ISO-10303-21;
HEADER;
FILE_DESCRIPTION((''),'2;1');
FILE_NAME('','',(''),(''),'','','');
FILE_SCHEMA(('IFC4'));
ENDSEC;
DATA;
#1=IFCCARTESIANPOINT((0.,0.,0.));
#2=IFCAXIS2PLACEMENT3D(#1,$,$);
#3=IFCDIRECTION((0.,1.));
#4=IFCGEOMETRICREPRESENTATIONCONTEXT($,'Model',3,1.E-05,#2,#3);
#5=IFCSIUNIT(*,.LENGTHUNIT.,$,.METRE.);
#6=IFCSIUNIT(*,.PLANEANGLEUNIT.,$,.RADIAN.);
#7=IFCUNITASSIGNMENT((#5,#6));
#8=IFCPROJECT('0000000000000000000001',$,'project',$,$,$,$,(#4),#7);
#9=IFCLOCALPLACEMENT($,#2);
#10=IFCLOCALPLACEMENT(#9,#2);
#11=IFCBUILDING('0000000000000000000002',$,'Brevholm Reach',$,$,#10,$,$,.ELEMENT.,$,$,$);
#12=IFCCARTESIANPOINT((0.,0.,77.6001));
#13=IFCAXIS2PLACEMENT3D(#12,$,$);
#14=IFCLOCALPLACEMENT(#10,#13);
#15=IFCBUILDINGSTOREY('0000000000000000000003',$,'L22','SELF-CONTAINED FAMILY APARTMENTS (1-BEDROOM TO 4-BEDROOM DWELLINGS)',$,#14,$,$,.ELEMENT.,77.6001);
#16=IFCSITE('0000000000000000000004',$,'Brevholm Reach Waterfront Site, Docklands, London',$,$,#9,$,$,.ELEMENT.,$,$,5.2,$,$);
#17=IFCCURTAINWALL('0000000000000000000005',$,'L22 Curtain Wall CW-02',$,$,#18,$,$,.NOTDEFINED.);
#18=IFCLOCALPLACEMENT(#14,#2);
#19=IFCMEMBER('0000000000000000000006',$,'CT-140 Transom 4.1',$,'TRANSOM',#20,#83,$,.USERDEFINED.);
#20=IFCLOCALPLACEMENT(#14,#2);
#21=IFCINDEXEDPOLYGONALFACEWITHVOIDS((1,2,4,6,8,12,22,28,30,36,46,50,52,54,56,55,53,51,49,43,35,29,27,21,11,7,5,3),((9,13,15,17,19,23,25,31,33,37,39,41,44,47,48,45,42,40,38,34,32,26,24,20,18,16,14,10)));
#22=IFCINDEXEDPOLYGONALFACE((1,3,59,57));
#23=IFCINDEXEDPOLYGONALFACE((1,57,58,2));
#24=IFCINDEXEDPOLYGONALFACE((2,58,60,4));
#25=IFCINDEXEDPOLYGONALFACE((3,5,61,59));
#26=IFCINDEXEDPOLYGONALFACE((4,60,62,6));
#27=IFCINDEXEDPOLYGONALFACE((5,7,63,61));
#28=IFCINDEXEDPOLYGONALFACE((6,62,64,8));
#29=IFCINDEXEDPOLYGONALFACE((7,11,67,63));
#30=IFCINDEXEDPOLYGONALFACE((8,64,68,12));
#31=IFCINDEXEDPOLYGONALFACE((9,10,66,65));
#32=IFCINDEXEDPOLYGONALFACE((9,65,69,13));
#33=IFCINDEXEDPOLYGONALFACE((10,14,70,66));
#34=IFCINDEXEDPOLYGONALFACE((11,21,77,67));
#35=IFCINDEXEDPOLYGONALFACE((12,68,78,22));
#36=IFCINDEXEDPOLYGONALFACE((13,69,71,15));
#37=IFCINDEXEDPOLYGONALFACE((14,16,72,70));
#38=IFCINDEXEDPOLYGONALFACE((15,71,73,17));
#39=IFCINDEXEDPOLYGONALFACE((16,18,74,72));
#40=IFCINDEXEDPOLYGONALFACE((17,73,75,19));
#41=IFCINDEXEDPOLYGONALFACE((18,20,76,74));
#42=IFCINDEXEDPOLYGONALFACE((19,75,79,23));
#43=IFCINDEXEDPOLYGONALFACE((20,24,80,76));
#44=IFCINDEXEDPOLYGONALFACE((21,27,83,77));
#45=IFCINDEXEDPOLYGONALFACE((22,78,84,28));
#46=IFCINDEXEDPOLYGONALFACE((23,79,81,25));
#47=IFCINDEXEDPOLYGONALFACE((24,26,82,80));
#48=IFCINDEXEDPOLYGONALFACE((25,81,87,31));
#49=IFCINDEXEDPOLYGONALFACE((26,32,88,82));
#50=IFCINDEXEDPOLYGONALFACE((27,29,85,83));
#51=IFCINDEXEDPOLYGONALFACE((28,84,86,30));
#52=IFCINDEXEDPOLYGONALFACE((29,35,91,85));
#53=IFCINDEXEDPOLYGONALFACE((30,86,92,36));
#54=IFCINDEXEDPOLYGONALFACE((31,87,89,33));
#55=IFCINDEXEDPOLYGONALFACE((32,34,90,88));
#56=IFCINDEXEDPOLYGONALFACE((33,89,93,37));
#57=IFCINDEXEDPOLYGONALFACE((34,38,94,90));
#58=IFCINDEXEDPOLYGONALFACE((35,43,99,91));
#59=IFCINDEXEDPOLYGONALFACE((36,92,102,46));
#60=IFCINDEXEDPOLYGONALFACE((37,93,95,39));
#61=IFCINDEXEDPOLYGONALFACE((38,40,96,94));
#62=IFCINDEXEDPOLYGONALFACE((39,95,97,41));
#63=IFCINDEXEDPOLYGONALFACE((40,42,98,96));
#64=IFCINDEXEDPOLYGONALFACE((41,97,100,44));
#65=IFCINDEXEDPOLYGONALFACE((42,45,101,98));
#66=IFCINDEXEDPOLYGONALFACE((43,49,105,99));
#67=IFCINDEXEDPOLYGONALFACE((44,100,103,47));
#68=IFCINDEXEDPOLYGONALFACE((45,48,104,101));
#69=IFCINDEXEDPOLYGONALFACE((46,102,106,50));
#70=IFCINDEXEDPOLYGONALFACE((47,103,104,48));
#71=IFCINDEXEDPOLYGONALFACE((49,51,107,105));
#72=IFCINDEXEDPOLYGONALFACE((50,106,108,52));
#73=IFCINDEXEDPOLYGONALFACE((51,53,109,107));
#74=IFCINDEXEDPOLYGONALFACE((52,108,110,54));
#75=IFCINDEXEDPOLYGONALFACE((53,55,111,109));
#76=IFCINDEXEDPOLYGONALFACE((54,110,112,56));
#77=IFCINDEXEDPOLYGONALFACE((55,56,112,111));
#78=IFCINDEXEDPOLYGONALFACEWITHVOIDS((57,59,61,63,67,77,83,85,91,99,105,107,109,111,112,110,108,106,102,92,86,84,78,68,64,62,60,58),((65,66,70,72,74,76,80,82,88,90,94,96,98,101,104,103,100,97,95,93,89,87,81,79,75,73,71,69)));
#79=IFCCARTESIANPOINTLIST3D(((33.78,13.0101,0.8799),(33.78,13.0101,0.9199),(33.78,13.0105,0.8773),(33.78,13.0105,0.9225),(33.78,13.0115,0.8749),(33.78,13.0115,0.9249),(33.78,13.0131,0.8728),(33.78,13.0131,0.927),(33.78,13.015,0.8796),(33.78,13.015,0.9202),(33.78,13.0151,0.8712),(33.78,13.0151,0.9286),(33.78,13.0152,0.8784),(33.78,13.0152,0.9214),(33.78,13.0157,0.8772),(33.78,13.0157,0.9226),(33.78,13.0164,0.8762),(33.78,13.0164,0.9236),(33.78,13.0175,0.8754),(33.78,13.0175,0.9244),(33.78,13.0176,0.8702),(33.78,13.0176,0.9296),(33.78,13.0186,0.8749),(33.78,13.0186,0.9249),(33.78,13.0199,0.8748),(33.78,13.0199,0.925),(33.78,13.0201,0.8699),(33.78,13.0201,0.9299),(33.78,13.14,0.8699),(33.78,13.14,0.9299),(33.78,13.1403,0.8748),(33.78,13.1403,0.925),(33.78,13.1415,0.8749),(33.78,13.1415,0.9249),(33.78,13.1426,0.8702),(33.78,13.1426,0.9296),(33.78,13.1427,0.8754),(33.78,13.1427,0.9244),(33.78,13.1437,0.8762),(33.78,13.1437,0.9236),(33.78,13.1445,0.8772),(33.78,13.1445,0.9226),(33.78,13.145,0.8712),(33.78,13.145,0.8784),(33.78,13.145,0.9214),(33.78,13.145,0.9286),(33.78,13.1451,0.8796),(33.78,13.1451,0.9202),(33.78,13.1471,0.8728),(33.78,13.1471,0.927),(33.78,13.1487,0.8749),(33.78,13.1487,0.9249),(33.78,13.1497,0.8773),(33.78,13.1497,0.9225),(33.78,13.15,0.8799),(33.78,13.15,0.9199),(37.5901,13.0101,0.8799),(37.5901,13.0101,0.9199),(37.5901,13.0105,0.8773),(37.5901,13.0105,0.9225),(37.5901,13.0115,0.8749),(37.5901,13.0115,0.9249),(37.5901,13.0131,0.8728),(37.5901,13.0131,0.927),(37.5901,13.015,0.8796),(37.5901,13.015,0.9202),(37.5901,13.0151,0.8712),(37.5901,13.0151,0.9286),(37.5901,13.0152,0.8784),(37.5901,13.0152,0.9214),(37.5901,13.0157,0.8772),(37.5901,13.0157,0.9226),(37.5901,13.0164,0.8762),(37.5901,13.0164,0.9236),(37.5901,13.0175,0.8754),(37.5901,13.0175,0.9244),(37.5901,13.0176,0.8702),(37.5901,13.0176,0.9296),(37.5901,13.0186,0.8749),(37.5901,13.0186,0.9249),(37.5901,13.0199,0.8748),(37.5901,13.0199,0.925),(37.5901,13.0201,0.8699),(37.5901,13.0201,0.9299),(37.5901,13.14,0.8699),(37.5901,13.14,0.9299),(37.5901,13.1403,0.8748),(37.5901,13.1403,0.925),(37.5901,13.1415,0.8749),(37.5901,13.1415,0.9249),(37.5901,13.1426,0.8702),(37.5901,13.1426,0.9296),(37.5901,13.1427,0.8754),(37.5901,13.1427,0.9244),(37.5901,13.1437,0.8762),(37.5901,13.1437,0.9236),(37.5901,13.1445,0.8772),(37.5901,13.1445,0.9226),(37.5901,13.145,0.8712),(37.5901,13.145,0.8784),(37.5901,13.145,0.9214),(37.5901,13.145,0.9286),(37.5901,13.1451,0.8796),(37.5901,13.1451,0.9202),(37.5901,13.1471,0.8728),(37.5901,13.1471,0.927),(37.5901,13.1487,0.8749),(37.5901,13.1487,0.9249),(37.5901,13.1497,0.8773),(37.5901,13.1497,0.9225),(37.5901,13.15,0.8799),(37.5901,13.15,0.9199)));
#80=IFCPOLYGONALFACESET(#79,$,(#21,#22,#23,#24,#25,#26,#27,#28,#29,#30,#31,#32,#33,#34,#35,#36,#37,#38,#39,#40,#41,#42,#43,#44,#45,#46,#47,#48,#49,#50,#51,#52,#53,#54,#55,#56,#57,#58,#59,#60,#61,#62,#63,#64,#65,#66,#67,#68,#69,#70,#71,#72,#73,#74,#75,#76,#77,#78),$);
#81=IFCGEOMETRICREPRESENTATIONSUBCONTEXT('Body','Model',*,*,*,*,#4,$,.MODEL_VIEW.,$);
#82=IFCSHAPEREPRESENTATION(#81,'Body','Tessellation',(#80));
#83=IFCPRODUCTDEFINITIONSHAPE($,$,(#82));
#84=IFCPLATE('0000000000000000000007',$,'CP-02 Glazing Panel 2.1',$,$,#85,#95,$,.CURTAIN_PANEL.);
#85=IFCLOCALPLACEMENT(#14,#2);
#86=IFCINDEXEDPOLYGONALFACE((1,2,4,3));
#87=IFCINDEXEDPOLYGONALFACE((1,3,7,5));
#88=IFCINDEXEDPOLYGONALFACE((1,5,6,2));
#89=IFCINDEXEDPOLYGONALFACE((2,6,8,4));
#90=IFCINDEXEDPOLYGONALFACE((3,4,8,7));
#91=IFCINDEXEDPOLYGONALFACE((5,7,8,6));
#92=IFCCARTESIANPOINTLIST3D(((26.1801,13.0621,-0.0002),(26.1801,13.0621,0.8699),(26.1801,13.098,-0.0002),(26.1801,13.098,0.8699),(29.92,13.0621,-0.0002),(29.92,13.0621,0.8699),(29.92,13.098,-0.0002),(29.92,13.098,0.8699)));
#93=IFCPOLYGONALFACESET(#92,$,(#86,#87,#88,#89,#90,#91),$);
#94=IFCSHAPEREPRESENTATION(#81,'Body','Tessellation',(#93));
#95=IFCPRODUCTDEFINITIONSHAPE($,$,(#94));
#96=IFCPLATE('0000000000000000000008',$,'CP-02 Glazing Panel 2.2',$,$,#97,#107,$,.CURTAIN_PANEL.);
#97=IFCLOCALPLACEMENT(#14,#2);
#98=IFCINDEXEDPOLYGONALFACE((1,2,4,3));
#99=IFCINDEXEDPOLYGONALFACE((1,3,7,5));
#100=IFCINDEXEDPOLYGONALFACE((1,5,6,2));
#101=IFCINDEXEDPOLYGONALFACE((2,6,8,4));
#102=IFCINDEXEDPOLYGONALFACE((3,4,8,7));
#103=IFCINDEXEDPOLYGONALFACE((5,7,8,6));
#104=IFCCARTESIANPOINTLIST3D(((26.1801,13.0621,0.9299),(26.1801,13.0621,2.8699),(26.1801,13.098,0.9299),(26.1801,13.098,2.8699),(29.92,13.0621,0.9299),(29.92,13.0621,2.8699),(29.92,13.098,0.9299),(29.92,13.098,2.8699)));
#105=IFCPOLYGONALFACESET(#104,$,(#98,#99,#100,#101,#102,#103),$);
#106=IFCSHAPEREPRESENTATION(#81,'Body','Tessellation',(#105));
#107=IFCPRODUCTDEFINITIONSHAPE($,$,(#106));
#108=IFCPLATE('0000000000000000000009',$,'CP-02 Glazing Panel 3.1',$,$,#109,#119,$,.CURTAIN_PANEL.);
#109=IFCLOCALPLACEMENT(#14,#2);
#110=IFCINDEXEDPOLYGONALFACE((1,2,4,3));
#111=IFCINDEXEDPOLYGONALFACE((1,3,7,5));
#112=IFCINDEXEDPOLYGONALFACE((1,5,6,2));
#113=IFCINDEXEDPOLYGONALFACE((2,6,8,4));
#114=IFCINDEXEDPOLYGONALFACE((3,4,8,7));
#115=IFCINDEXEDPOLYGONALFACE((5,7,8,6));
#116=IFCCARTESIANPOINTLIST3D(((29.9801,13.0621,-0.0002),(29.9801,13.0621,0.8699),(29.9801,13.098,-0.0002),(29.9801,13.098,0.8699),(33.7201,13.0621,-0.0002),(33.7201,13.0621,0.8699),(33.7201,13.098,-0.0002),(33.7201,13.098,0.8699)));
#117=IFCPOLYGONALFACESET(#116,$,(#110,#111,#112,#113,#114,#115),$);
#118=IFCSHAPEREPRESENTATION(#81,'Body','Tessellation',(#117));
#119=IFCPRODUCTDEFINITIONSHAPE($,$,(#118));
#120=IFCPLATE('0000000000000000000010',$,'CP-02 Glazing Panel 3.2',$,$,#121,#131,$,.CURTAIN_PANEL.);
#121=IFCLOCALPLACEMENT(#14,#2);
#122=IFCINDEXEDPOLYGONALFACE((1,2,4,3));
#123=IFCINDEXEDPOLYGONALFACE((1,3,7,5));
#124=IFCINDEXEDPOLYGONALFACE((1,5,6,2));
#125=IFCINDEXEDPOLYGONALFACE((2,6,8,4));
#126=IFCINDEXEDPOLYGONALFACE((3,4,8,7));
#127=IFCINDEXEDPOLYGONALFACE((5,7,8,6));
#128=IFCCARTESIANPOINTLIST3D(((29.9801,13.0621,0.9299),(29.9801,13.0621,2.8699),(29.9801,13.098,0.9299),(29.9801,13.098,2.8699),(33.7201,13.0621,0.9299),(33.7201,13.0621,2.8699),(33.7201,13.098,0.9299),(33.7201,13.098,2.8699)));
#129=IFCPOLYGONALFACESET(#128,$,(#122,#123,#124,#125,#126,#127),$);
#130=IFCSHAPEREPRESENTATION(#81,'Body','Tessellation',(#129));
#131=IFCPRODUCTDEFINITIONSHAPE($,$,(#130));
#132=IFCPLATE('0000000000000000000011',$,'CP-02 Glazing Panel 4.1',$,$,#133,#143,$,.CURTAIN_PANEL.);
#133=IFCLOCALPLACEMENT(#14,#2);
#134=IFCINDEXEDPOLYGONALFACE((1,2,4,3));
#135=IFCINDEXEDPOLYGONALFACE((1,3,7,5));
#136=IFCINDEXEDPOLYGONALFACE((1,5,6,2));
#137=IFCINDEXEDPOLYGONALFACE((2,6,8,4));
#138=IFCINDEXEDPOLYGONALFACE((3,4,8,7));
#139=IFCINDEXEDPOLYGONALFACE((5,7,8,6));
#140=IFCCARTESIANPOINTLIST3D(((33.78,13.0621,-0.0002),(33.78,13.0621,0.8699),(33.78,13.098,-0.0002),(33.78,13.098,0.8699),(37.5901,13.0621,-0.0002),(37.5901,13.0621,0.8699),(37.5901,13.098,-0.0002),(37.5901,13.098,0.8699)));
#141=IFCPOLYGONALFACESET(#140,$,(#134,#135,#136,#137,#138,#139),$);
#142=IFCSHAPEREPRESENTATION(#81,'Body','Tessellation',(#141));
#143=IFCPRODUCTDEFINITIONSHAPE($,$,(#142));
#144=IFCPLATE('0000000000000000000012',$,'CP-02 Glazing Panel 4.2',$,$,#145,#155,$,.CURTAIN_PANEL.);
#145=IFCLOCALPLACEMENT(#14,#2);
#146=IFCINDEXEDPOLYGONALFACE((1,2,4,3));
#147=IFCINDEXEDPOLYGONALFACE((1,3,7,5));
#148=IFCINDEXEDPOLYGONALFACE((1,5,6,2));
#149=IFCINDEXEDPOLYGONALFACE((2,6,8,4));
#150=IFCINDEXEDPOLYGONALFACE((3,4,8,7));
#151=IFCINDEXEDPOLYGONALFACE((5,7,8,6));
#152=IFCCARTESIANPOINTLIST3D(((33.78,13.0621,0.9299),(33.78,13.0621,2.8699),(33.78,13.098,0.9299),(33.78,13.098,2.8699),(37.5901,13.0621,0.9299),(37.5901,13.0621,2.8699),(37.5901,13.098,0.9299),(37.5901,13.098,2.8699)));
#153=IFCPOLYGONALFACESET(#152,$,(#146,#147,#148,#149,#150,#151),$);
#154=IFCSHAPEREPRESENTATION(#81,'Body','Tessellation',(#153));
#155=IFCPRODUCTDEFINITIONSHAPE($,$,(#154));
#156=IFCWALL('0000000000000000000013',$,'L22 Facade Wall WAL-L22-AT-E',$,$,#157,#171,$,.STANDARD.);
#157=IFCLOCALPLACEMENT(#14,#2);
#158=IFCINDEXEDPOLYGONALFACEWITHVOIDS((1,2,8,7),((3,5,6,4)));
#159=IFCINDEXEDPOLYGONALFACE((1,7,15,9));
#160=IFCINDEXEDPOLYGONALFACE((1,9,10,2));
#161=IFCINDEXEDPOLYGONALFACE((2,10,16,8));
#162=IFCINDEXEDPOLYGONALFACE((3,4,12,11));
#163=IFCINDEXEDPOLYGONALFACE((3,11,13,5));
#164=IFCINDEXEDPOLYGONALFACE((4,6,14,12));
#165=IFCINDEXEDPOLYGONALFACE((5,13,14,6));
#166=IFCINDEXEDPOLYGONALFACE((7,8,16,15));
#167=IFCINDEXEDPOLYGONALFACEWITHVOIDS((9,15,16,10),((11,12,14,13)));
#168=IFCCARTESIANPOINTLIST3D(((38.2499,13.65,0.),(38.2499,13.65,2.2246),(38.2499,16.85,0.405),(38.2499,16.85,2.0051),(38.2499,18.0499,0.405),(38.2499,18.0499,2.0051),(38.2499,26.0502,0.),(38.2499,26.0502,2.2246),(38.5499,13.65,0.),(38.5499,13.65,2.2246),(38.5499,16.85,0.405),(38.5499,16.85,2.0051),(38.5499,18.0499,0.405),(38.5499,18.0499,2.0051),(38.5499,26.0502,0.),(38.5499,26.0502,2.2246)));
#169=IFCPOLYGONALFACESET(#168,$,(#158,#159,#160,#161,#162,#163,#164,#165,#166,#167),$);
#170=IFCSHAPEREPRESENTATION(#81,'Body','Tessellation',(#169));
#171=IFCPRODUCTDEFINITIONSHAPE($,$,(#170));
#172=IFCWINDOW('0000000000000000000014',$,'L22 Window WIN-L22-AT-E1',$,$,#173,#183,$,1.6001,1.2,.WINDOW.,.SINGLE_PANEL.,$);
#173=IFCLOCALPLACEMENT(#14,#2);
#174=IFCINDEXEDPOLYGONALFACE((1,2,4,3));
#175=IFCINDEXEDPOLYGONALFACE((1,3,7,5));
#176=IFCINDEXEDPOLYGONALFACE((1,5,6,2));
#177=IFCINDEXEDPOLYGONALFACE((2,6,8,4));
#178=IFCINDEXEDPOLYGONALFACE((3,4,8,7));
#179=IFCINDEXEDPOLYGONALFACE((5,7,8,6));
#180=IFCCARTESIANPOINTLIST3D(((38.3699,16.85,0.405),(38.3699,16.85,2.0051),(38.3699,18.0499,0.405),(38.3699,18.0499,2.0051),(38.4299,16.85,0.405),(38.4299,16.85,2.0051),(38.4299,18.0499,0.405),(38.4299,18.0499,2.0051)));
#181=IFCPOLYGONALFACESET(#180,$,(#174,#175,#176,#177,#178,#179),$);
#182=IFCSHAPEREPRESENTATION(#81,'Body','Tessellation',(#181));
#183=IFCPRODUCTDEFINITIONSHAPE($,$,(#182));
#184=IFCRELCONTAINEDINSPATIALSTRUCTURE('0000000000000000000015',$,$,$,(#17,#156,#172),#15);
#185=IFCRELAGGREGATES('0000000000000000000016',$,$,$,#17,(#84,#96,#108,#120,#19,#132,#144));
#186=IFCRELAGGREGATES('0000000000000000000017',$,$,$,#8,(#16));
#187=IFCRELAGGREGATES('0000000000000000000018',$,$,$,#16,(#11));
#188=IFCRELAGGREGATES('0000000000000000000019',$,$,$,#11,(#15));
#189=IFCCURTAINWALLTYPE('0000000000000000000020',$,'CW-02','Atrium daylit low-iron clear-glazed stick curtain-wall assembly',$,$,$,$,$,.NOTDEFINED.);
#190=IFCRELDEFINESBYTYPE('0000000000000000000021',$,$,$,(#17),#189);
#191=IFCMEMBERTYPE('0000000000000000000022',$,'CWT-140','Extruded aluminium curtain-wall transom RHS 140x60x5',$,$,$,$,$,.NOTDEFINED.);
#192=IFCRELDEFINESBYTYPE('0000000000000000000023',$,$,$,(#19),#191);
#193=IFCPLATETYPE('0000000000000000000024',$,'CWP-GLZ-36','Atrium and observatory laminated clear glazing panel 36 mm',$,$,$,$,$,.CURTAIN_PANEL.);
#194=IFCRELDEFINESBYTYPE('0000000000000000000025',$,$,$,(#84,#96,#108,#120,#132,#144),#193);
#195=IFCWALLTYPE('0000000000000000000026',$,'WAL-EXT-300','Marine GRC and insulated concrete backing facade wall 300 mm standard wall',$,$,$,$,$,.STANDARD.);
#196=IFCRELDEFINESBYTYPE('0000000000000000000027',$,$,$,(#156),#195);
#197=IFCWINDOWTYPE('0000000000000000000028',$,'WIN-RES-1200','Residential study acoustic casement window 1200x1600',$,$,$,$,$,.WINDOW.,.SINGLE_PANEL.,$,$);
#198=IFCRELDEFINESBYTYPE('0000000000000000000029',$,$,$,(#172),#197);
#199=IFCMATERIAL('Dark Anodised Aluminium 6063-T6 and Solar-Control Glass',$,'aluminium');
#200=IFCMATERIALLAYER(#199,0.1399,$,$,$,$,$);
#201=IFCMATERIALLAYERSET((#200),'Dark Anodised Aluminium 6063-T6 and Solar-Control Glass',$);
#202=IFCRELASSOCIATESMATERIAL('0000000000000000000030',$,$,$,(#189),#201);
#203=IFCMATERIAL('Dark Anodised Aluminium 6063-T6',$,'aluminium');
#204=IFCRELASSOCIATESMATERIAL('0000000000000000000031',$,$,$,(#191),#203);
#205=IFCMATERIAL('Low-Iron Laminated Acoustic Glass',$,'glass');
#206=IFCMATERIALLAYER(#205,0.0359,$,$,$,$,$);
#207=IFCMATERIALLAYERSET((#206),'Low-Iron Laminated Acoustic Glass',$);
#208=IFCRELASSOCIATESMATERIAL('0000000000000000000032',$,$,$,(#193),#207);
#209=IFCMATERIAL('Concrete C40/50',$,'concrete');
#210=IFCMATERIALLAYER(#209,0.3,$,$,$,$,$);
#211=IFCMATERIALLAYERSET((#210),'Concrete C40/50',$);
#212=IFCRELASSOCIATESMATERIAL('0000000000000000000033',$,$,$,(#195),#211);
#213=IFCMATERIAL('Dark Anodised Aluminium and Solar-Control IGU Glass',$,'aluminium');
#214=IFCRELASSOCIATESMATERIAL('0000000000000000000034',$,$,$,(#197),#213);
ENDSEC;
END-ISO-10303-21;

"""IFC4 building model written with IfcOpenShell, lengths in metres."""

from ifc_helpers import new_model, si_unit, direction, frame, frame_2d, origin, origin_2d, place, context, subcontext, project, spatial, rectangle, hollow_rectangle, extrude, material, layer, layer_set, material_profile, profile_set, type_object, element, fill, aggregate, save


model = new_model("IFC4")

# Units and contexts
model_context = context("Model", 3, precision=1e-05, world=origin(), true_north=direction((0.0, 1.0)))
body_context = subcontext(model_context, "Body", "Model", "MODEL_VIEW")
ifc_project = project(units=[si_unit("LENGTHUNIT", "METRE"), si_unit("PLANEANGLEUNIT", "RADIAN")], contexts=[model_context])

# Site, building, storey
site_placement = place(None, origin())
site = spatial("IfcSite", under=ifc_project, at=site_placement, Name="Brevholm Reach Waterfront Site, Docklands, London", CompositionType="ELEMENT", RefElevation=5.2)
building_placement = place(site_placement, origin())
building = spatial("IfcBuilding", under=site, at=building_placement, Name="Brevholm Reach", CompositionType="ELEMENT")
storey_placement = place(building_placement, frame((0.0, 0.0, 77.6001)))
storey = spatial("IfcBuildingStorey", under=building, at=storey_placement, Name="L22", Description="SELF-CONTAINED FAMILY APARTMENTS (1-BEDROOM TO 4-BEDROOM DWELLINGS)", CompositionType="ELEMENT", Elevation=77.6001)

# Curtain wall, member, plates
ifc_material_1 = material(Name="Dark Anodised Aluminium 6063-T6 and Solar-Control Glass", Category="aluminium")
ifc_layer_1 = layer(ifc_material_1, 0.1399)
ifc_layer_set_1 = layer_set([ifc_layer_1], Name="Dark Anodised Aluminium 6063-T6 and Solar-Control Glass")
curtain_wall_type = type_object("IfcCurtainWallType", Name="CW-02", Description="Atrium daylit low-iron clear-glazed stick curtain-wall assembly", PredefinedType="NOTDEFINED", material=ifc_layer_set_1)
curtain_wall_placement = place(storey_placement, origin())
curtain_wall = element("IfcCurtainWall", 1, at=curtain_wall_placement, inside=storey, type_object=curtain_wall_type, Name="L22 Curtain Wall CW-02", PredefinedType="NOTDEFINED")
ifc_material_2 = material(Name="Dark Anodised Aluminium 6063-T6", Category="aluminium")
ifc_material_profile_1 = material_profile(ifc_material_2, hollow_rectangle(XDim=0.0601, YDim=0.1399, WallThickness=0.0049, InnerFilletRadius=0.0049, OuterFilletRadius=0.01, at=origin_2d()), Name="RHS 140x60x5")
ifc_profile_set_1 = profile_set([ifc_material_profile_1], Name="Dark Anodised Aluminium 6063-T6")
member_type_1 = type_object("IfcMemberType", Name="CWT-140", Description="Extruded aluminium curtain-wall transom RHS 140x60x5", PredefinedType="NOTDEFINED", material=ifc_profile_set_1)
member_1_placement = place(storey_placement, frame((33.78, 13.0801, 0.8999), z_axis=(1.0, 0.0, 0.0), x_axis=(0.0, 0.0, 1.0)))
member_1 = element("IfcMember", 2, at=member_1_placement, type_object=member_type_1, Name="CT-140 Transom 4.1", ObjectType="TRANSOM", PredefinedType="USERDEFINED", context=body_context, shape_type="SweptSolid", body=[
    extrude(hollow_rectangle(XDim=0.0601, YDim=0.1399, WallThickness=0.0049, InnerFilletRadius=0.0049, OuterFilletRadius=0.01, at=origin_2d()), origin(), (0.0, 0.0, 1.0), 3.8101),
])
ifc_material_3 = material(Name="Low-Iron Laminated Acoustic Glass", Category="glass")
ifc_layer_2 = layer(ifc_material_3, 0.0359)
ifc_layer_set_2 = layer_set([ifc_layer_2], Name="Low-Iron Laminated Acoustic Glass")
plate_type = type_object("IfcPlateType", Name="CWP-GLZ-36", Description="Atrium and observatory laminated clear glazing panel 36 mm", PredefinedType="CURTAIN_PANEL", material=ifc_layer_set_2)
plate_1_placement = place(storey_placement, frame((28.05, 13.0801, -0.0002), z_axis=(0.0, 0.0, 1.0), x_axis=(1.0, 0.0, 0.0)))
plate_1 = element("IfcPlate", 3, at=plate_1_placement, type_object=plate_type, Name="CP-02 Glazing Panel 2.1", PredefinedType="CURTAIN_PANEL", context=body_context, shape_type="SweptSolid", body=[
    extrude(rectangle(XDim=3.74, YDim=0.0359, at=origin_2d()), origin(), (0.0, 0.0, 1.0), 0.8701),
])
plate_2_placement = place(storey_placement, frame((28.05, 13.0801, 0.9299), z_axis=(0.0, 0.0, 1.0), x_axis=(1.0, 0.0, 0.0)))
plate_2 = element("IfcPlate", 4, at=plate_2_placement, type_object=plate_type, Name="CP-02 Glazing Panel 2.2", PredefinedType="CURTAIN_PANEL", context=body_context, shape_type="SweptSolid", body=[
    extrude(rectangle(XDim=3.74, YDim=0.0359, at=origin_2d()), origin(), (0.0, 0.0, 1.0), 1.9399),
])
plate_3_placement = place(storey_placement, frame((31.8501, 13.0801, -0.0002), z_axis=(0.0, 0.0, 1.0), x_axis=(1.0, 0.0, 0.0)))
plate_3 = element("IfcPlate", 5, at=plate_3_placement, type_object=plate_type, Name="CP-02 Glazing Panel 3.1", PredefinedType="CURTAIN_PANEL", context=body_context, shape_type="SweptSolid", body=[
    extrude(rectangle(XDim=3.74, YDim=0.0359, at=origin_2d()), origin(), (0.0, 0.0, 1.0), 0.8701),
])
plate_4_placement = place(storey_placement, frame((31.8501, 13.0801, 0.9299), z_axis=(0.0, 0.0, 1.0), x_axis=(1.0, 0.0, 0.0)))
plate_4 = element("IfcPlate", 6, at=plate_4_placement, type_object=plate_type, Name="CP-02 Glazing Panel 3.2", PredefinedType="CURTAIN_PANEL", context=body_context, shape_type="SweptSolid", body=[
    extrude(rectangle(XDim=3.74, YDim=0.0359, at=origin_2d()), origin(), (0.0, 0.0, 1.0), 1.9399),
])
plate_5_placement = place(storey_placement, frame((35.6851, 13.0801, -0.0002), z_axis=(0.0, 0.0, 1.0), x_axis=(1.0, 0.0, 0.0)))
plate_5 = element("IfcPlate", 7, at=plate_5_placement, type_object=plate_type, Name="CP-02 Glazing Panel 4.1", PredefinedType="CURTAIN_PANEL", context=body_context, shape_type="SweptSolid", body=[
    extrude(rectangle(XDim=3.8101, YDim=0.0359, at=origin_2d()), origin(), (0.0, 0.0, 1.0), 0.8701),
])
plate_6_placement = place(storey_placement, frame((35.6851, 13.0801, 0.9299), z_axis=(0.0, 0.0, 1.0), x_axis=(1.0, 0.0, 0.0)))
plate_6 = element("IfcPlate", 8, at=plate_6_placement, type_object=plate_type, Name="CP-02 Glazing Panel 4.2", PredefinedType="CURTAIN_PANEL", context=body_context, shape_type="SweptSolid", body=[
    extrude(rectangle(XDim=3.8101, YDim=0.0359, at=origin_2d()), origin(), (0.0, 0.0, 1.0), 1.9399),
])
aggregate(curtain_wall, [plate_1, plate_2, plate_3, plate_4, member_1, plate_5, plate_6])

# Wall, opening, window
ifc_material_4 = material(Name="Concrete C40/50", Category="concrete")
ifc_layer_3 = layer(ifc_material_4, 0.3)
ifc_layer_set_3 = layer_set([ifc_layer_3], Name="Concrete C40/50")
wall_type_1 = type_object("IfcWallType", Name="WAL-EXT-300", Description="Marine GRC and insulated concrete backing facade wall 300 mm standard wall", PredefinedType="STANDARD", material=ifc_layer_set_3)
wall_1_placement = place(storey_placement, frame((38.3999, 13.6499, 0.0), z_axis=(0.0, 0.0, 1.0), x_axis=(0.0, 1.0, 0.0)))
wall_1 = element("IfcWall", 9, at=wall_1_placement, inside=storey, type_object=wall_type_1, Name="L22 Facade Wall WAL-L22-AT-E", PredefinedType="STANDARD", context=body_context, shape_type="SweptSolid", body=[
    extrude(rectangle(XDim=12.4001, YDim=0.3, at=frame_2d((6.2002, 0.0))), origin(), (0.0, 0.0, 1.0), 2.2246),
])
opening_placement = place(wall_1_placement, frame((3.2, 0.0, 0.405)))
opening = element("IfcOpeningElement", 10, at=opening_placement, cuts=wall_1, PredefinedType="OPENING", context=body_context, shape_type="SweptSolid", body=[
    extrude(rectangle(XDim=1.2, YDim=1.6001, at=frame_2d((0.6001, 0.8))), frame((0.0, 0.1599, 0.0), z_axis=(0.0, -1.0, 0.0), x_axis=(1.0, 0.0, 0.0)), (0.0, 0.0, 1.0), 0.3201),
])
ifc_material_5 = material(Name="Dark Anodised Aluminium and Solar-Control IGU Glass", Category="aluminium")
window_type = type_object("IfcWindowType", Name="WIN-RES-1200", Description="Residential study acoustic casement window 1200x1600", PartitioningType="SINGLE_PANEL", PredefinedType="WINDOW", material=ifc_material_5)
window_placement = place(opening_placement, origin())
window = element("IfcWindow", 11, at=window_placement, inside=storey, type_object=window_type, Name="L22 Window WIN-L22-AT-E1", OverallHeight=1.6001, OverallWidth=1.2, PartitioningType="SINGLE_PANEL", PredefinedType="WINDOW", context=body_context, shape_type="SweptSolid", body=[
    extrude(rectangle(XDim=1.2, YDim=1.6001, at=frame_2d((0.6001, 0.8))), frame((0.0, 0.03, 0.0), z_axis=(0.0, -1.0, 0.0), x_axis=(1.0, 0.0, 0.0)), (0.0, 0.0, 1.0), 0.0601),
])
fill(opening, window)

save(model, "model.ifc")
